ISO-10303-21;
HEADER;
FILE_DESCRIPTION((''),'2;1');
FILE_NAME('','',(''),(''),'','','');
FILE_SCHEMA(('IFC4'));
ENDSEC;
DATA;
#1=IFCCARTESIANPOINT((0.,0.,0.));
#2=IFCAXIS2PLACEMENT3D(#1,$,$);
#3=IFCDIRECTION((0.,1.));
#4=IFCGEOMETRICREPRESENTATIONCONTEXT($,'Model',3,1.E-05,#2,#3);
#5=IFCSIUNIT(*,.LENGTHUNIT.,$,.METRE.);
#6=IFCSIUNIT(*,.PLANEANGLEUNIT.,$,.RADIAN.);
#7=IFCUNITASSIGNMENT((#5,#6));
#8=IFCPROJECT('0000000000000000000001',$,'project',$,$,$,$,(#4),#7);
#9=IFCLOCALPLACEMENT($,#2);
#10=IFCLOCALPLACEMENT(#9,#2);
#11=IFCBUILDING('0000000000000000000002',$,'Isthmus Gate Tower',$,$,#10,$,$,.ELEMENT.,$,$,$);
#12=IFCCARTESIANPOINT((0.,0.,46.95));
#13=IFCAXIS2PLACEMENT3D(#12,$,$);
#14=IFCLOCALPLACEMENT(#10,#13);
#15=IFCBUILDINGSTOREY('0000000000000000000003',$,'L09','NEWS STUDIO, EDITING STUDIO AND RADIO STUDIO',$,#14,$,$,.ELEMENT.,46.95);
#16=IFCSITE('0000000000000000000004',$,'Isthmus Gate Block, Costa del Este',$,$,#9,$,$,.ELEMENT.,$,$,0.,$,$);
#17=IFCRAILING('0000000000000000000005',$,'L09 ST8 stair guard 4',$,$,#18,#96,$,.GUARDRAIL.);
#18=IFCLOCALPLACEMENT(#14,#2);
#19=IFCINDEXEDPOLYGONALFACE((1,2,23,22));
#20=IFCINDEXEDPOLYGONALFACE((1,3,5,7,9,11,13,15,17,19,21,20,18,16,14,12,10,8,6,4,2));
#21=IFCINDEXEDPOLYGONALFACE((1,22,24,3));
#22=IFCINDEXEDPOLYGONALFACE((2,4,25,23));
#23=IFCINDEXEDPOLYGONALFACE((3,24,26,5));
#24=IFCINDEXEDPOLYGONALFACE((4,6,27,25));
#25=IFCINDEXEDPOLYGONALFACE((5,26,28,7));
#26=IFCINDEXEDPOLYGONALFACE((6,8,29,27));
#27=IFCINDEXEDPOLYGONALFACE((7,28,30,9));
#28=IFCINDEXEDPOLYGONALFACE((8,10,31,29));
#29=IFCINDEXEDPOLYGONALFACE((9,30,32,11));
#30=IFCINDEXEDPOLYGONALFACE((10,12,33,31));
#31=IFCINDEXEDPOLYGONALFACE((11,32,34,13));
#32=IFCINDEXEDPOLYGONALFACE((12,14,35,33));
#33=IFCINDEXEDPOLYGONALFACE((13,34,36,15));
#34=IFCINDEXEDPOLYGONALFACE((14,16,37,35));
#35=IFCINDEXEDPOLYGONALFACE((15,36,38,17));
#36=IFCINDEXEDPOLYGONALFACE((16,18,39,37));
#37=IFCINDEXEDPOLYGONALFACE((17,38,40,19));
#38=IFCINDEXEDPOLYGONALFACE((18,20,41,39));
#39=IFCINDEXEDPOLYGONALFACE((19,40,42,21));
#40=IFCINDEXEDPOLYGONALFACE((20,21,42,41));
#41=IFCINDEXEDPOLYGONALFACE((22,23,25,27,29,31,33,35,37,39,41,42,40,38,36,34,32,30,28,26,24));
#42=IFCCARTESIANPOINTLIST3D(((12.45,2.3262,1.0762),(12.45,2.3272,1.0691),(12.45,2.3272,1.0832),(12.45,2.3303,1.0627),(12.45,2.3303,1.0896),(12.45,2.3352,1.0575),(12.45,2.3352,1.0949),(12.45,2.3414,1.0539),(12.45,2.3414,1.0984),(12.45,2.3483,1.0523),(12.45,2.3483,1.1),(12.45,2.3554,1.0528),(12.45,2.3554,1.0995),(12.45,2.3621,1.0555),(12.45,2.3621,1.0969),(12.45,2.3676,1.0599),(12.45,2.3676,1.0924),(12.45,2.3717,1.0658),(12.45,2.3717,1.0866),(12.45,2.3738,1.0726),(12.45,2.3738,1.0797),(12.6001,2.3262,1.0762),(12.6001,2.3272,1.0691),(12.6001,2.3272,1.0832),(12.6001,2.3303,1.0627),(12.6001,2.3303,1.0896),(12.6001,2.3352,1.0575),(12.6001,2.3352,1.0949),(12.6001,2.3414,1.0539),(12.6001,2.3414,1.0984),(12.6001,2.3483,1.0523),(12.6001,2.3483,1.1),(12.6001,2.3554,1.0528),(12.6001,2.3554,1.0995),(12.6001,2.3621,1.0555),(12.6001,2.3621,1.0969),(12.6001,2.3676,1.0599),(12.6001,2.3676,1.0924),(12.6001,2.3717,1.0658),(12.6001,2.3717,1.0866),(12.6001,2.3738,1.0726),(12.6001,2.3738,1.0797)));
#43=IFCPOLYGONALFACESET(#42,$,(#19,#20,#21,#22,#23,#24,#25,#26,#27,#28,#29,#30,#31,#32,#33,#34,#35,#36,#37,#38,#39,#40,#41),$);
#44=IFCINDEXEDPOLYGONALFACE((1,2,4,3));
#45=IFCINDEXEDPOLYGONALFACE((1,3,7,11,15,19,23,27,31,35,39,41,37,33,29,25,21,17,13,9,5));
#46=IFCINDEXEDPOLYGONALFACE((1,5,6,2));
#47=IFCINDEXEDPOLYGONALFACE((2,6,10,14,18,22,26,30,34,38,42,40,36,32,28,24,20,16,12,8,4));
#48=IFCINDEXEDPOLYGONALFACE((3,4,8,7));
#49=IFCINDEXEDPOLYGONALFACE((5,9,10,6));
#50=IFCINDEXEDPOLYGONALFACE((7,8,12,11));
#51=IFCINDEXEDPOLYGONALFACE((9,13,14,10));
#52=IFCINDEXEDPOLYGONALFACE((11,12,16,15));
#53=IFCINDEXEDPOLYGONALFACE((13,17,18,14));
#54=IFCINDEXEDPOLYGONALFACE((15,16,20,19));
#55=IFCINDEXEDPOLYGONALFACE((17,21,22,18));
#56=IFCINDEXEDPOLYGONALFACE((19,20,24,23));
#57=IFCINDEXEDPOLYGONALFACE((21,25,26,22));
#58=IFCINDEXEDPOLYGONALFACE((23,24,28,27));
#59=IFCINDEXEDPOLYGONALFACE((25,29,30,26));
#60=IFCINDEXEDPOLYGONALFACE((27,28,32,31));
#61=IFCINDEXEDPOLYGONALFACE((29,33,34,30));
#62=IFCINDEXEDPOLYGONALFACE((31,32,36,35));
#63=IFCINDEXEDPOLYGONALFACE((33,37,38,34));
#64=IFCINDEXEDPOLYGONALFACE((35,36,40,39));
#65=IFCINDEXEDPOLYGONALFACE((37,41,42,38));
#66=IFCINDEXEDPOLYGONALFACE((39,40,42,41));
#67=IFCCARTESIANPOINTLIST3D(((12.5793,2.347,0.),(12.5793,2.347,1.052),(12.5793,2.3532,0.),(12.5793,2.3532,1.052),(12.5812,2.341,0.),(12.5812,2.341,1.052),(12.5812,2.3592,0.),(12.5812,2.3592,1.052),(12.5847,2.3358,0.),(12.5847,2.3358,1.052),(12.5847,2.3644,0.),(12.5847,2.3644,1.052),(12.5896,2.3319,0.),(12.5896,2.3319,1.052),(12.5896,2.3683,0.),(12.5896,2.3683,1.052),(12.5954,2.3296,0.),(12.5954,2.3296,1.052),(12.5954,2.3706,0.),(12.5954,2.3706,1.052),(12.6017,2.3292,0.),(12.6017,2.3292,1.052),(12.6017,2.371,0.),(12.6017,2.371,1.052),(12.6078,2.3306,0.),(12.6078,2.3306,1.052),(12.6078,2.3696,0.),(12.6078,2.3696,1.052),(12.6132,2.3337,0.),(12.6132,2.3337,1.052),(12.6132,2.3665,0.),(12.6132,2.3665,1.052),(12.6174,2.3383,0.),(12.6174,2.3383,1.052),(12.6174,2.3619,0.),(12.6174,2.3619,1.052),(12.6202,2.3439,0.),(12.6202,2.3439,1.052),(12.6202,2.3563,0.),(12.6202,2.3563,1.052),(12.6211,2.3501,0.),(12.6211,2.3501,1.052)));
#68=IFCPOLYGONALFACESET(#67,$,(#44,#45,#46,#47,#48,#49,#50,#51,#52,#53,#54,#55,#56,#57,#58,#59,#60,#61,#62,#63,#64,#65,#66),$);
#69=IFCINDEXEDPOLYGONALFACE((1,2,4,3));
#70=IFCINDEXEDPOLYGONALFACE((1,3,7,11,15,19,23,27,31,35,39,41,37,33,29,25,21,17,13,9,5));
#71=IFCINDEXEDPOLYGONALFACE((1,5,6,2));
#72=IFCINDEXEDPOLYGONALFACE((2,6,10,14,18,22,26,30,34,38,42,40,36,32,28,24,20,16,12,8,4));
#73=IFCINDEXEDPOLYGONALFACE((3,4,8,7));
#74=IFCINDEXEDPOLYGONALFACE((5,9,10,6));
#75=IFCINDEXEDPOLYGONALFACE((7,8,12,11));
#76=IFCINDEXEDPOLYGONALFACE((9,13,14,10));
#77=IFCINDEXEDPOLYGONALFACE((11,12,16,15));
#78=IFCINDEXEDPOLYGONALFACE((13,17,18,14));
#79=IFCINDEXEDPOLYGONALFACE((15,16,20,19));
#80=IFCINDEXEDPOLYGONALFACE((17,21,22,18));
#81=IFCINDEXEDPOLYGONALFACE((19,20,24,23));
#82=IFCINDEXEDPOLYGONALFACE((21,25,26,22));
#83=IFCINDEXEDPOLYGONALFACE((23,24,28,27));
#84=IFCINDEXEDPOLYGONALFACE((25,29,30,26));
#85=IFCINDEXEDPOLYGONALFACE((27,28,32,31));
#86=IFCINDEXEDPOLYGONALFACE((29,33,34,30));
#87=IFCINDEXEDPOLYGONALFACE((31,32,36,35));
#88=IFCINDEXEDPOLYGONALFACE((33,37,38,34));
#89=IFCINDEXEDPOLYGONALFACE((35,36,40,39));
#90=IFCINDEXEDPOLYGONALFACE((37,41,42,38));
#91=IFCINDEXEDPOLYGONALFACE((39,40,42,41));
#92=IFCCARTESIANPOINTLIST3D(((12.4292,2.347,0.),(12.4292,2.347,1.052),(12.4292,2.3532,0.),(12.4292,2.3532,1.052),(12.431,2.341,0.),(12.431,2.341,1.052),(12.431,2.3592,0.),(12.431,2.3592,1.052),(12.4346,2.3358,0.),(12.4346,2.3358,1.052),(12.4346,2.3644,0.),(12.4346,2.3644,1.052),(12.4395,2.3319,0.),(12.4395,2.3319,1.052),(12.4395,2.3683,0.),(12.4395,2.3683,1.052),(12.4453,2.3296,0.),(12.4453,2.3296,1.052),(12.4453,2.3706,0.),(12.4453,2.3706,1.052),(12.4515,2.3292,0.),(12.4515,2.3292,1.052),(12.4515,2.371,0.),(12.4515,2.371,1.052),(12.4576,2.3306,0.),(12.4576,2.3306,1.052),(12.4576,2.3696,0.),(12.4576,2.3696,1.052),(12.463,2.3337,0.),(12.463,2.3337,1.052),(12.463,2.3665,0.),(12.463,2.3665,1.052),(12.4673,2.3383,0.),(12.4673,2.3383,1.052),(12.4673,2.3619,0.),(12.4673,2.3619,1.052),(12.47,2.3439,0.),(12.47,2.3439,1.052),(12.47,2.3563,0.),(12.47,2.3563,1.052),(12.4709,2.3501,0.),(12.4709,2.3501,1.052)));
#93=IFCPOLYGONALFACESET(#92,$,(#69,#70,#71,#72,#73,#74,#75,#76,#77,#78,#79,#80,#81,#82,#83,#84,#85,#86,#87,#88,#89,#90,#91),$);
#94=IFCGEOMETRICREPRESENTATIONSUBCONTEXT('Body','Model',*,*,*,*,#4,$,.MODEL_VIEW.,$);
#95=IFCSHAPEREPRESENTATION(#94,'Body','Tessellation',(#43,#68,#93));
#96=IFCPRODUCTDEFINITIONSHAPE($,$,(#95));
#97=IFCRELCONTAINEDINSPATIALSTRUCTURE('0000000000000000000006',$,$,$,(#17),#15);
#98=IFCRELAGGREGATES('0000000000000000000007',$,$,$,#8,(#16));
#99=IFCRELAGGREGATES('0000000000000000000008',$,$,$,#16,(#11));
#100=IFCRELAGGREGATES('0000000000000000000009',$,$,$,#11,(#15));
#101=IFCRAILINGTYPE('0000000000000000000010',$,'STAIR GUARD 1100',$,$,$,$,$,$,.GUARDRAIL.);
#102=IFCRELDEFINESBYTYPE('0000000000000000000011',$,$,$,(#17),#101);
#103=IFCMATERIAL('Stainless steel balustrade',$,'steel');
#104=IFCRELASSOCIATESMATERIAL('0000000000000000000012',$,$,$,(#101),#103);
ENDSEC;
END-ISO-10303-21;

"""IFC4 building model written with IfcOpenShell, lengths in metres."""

from ifc_helpers import new_model, si_unit, direction, frame, origin, origin_2d, place, context, subcontext, project, spatial, circle, extrude, material, type_object, element, save


model = new_model("IFC4")

# Units and contexts
model_context = context("Model", 3, precision=1e-05, world=origin(), true_north=direction((0.0, 1.0)))
body_context = subcontext(model_context, "Body", "Model", "MODEL_VIEW")
ifc_project = project(units=[si_unit("LENGTHUNIT", "METRE"), si_unit("PLANEANGLEUNIT", "RADIAN")], contexts=[model_context])

# Site, building, storey
site_placement = place(None, origin())
site = spatial("IfcSite", under=ifc_project, at=site_placement, Name="Isthmus Gate Block, Costa del Este", CompositionType="ELEMENT", RefElevation=0.0)
building_placement = place(site_placement, origin())
building = spatial("IfcBuilding", under=site, at=building_placement, Name="Isthmus Gate Tower", CompositionType="ELEMENT")
storey_placement = place(building_placement, frame((0.0, 0.0, 46.95)))
storey = spatial("IfcBuildingStorey", under=building, at=storey_placement, Name="L09", Description="NEWS STUDIO, EDITING STUDIO AND RADIO STUDIO", CompositionType="ELEMENT", Elevation=46.95)

# Railing
ifc_material_1 = material(Name="Stainless steel balustrade", Category="steel")
railing_type_1 = type_object("IfcRailingType", Name="STAIR GUARD 1100", PredefinedType="GUARDRAIL", material=ifc_material_1)
railing_1_placement = place(storey_placement, frame((12.6001, 2.3501, 0.0)))
element("IfcRailing", 1, at=railing_1_placement, inside=storey, type_object=railing_type_1, Name="L09 ST8 stair guard 4", PredefinedType="GUARDRAIL", context=body_context, shape_type="SweptSolid", body=[
    extrude(circle(Radius=0.0239, at=origin_2d()), frame((0.0, 0.0, 1.0762), z_axis=(-1.0, 0.0, 0.0), x_axis=(0.0, -1.0, 0.0)), (0.0, 0.0, 1.0), 0.1501),
    extrude(circle(Radius=0.021, at=origin_2d()), origin(), (0.0, 0.0, 1.0), 1.052),
    extrude(circle(Radius=0.021, at=origin_2d()), frame((-0.1501, 0.0, 0.0)), (0.0, 0.0, 1.0), 1.052),
])

save(model, "model.ifc")
